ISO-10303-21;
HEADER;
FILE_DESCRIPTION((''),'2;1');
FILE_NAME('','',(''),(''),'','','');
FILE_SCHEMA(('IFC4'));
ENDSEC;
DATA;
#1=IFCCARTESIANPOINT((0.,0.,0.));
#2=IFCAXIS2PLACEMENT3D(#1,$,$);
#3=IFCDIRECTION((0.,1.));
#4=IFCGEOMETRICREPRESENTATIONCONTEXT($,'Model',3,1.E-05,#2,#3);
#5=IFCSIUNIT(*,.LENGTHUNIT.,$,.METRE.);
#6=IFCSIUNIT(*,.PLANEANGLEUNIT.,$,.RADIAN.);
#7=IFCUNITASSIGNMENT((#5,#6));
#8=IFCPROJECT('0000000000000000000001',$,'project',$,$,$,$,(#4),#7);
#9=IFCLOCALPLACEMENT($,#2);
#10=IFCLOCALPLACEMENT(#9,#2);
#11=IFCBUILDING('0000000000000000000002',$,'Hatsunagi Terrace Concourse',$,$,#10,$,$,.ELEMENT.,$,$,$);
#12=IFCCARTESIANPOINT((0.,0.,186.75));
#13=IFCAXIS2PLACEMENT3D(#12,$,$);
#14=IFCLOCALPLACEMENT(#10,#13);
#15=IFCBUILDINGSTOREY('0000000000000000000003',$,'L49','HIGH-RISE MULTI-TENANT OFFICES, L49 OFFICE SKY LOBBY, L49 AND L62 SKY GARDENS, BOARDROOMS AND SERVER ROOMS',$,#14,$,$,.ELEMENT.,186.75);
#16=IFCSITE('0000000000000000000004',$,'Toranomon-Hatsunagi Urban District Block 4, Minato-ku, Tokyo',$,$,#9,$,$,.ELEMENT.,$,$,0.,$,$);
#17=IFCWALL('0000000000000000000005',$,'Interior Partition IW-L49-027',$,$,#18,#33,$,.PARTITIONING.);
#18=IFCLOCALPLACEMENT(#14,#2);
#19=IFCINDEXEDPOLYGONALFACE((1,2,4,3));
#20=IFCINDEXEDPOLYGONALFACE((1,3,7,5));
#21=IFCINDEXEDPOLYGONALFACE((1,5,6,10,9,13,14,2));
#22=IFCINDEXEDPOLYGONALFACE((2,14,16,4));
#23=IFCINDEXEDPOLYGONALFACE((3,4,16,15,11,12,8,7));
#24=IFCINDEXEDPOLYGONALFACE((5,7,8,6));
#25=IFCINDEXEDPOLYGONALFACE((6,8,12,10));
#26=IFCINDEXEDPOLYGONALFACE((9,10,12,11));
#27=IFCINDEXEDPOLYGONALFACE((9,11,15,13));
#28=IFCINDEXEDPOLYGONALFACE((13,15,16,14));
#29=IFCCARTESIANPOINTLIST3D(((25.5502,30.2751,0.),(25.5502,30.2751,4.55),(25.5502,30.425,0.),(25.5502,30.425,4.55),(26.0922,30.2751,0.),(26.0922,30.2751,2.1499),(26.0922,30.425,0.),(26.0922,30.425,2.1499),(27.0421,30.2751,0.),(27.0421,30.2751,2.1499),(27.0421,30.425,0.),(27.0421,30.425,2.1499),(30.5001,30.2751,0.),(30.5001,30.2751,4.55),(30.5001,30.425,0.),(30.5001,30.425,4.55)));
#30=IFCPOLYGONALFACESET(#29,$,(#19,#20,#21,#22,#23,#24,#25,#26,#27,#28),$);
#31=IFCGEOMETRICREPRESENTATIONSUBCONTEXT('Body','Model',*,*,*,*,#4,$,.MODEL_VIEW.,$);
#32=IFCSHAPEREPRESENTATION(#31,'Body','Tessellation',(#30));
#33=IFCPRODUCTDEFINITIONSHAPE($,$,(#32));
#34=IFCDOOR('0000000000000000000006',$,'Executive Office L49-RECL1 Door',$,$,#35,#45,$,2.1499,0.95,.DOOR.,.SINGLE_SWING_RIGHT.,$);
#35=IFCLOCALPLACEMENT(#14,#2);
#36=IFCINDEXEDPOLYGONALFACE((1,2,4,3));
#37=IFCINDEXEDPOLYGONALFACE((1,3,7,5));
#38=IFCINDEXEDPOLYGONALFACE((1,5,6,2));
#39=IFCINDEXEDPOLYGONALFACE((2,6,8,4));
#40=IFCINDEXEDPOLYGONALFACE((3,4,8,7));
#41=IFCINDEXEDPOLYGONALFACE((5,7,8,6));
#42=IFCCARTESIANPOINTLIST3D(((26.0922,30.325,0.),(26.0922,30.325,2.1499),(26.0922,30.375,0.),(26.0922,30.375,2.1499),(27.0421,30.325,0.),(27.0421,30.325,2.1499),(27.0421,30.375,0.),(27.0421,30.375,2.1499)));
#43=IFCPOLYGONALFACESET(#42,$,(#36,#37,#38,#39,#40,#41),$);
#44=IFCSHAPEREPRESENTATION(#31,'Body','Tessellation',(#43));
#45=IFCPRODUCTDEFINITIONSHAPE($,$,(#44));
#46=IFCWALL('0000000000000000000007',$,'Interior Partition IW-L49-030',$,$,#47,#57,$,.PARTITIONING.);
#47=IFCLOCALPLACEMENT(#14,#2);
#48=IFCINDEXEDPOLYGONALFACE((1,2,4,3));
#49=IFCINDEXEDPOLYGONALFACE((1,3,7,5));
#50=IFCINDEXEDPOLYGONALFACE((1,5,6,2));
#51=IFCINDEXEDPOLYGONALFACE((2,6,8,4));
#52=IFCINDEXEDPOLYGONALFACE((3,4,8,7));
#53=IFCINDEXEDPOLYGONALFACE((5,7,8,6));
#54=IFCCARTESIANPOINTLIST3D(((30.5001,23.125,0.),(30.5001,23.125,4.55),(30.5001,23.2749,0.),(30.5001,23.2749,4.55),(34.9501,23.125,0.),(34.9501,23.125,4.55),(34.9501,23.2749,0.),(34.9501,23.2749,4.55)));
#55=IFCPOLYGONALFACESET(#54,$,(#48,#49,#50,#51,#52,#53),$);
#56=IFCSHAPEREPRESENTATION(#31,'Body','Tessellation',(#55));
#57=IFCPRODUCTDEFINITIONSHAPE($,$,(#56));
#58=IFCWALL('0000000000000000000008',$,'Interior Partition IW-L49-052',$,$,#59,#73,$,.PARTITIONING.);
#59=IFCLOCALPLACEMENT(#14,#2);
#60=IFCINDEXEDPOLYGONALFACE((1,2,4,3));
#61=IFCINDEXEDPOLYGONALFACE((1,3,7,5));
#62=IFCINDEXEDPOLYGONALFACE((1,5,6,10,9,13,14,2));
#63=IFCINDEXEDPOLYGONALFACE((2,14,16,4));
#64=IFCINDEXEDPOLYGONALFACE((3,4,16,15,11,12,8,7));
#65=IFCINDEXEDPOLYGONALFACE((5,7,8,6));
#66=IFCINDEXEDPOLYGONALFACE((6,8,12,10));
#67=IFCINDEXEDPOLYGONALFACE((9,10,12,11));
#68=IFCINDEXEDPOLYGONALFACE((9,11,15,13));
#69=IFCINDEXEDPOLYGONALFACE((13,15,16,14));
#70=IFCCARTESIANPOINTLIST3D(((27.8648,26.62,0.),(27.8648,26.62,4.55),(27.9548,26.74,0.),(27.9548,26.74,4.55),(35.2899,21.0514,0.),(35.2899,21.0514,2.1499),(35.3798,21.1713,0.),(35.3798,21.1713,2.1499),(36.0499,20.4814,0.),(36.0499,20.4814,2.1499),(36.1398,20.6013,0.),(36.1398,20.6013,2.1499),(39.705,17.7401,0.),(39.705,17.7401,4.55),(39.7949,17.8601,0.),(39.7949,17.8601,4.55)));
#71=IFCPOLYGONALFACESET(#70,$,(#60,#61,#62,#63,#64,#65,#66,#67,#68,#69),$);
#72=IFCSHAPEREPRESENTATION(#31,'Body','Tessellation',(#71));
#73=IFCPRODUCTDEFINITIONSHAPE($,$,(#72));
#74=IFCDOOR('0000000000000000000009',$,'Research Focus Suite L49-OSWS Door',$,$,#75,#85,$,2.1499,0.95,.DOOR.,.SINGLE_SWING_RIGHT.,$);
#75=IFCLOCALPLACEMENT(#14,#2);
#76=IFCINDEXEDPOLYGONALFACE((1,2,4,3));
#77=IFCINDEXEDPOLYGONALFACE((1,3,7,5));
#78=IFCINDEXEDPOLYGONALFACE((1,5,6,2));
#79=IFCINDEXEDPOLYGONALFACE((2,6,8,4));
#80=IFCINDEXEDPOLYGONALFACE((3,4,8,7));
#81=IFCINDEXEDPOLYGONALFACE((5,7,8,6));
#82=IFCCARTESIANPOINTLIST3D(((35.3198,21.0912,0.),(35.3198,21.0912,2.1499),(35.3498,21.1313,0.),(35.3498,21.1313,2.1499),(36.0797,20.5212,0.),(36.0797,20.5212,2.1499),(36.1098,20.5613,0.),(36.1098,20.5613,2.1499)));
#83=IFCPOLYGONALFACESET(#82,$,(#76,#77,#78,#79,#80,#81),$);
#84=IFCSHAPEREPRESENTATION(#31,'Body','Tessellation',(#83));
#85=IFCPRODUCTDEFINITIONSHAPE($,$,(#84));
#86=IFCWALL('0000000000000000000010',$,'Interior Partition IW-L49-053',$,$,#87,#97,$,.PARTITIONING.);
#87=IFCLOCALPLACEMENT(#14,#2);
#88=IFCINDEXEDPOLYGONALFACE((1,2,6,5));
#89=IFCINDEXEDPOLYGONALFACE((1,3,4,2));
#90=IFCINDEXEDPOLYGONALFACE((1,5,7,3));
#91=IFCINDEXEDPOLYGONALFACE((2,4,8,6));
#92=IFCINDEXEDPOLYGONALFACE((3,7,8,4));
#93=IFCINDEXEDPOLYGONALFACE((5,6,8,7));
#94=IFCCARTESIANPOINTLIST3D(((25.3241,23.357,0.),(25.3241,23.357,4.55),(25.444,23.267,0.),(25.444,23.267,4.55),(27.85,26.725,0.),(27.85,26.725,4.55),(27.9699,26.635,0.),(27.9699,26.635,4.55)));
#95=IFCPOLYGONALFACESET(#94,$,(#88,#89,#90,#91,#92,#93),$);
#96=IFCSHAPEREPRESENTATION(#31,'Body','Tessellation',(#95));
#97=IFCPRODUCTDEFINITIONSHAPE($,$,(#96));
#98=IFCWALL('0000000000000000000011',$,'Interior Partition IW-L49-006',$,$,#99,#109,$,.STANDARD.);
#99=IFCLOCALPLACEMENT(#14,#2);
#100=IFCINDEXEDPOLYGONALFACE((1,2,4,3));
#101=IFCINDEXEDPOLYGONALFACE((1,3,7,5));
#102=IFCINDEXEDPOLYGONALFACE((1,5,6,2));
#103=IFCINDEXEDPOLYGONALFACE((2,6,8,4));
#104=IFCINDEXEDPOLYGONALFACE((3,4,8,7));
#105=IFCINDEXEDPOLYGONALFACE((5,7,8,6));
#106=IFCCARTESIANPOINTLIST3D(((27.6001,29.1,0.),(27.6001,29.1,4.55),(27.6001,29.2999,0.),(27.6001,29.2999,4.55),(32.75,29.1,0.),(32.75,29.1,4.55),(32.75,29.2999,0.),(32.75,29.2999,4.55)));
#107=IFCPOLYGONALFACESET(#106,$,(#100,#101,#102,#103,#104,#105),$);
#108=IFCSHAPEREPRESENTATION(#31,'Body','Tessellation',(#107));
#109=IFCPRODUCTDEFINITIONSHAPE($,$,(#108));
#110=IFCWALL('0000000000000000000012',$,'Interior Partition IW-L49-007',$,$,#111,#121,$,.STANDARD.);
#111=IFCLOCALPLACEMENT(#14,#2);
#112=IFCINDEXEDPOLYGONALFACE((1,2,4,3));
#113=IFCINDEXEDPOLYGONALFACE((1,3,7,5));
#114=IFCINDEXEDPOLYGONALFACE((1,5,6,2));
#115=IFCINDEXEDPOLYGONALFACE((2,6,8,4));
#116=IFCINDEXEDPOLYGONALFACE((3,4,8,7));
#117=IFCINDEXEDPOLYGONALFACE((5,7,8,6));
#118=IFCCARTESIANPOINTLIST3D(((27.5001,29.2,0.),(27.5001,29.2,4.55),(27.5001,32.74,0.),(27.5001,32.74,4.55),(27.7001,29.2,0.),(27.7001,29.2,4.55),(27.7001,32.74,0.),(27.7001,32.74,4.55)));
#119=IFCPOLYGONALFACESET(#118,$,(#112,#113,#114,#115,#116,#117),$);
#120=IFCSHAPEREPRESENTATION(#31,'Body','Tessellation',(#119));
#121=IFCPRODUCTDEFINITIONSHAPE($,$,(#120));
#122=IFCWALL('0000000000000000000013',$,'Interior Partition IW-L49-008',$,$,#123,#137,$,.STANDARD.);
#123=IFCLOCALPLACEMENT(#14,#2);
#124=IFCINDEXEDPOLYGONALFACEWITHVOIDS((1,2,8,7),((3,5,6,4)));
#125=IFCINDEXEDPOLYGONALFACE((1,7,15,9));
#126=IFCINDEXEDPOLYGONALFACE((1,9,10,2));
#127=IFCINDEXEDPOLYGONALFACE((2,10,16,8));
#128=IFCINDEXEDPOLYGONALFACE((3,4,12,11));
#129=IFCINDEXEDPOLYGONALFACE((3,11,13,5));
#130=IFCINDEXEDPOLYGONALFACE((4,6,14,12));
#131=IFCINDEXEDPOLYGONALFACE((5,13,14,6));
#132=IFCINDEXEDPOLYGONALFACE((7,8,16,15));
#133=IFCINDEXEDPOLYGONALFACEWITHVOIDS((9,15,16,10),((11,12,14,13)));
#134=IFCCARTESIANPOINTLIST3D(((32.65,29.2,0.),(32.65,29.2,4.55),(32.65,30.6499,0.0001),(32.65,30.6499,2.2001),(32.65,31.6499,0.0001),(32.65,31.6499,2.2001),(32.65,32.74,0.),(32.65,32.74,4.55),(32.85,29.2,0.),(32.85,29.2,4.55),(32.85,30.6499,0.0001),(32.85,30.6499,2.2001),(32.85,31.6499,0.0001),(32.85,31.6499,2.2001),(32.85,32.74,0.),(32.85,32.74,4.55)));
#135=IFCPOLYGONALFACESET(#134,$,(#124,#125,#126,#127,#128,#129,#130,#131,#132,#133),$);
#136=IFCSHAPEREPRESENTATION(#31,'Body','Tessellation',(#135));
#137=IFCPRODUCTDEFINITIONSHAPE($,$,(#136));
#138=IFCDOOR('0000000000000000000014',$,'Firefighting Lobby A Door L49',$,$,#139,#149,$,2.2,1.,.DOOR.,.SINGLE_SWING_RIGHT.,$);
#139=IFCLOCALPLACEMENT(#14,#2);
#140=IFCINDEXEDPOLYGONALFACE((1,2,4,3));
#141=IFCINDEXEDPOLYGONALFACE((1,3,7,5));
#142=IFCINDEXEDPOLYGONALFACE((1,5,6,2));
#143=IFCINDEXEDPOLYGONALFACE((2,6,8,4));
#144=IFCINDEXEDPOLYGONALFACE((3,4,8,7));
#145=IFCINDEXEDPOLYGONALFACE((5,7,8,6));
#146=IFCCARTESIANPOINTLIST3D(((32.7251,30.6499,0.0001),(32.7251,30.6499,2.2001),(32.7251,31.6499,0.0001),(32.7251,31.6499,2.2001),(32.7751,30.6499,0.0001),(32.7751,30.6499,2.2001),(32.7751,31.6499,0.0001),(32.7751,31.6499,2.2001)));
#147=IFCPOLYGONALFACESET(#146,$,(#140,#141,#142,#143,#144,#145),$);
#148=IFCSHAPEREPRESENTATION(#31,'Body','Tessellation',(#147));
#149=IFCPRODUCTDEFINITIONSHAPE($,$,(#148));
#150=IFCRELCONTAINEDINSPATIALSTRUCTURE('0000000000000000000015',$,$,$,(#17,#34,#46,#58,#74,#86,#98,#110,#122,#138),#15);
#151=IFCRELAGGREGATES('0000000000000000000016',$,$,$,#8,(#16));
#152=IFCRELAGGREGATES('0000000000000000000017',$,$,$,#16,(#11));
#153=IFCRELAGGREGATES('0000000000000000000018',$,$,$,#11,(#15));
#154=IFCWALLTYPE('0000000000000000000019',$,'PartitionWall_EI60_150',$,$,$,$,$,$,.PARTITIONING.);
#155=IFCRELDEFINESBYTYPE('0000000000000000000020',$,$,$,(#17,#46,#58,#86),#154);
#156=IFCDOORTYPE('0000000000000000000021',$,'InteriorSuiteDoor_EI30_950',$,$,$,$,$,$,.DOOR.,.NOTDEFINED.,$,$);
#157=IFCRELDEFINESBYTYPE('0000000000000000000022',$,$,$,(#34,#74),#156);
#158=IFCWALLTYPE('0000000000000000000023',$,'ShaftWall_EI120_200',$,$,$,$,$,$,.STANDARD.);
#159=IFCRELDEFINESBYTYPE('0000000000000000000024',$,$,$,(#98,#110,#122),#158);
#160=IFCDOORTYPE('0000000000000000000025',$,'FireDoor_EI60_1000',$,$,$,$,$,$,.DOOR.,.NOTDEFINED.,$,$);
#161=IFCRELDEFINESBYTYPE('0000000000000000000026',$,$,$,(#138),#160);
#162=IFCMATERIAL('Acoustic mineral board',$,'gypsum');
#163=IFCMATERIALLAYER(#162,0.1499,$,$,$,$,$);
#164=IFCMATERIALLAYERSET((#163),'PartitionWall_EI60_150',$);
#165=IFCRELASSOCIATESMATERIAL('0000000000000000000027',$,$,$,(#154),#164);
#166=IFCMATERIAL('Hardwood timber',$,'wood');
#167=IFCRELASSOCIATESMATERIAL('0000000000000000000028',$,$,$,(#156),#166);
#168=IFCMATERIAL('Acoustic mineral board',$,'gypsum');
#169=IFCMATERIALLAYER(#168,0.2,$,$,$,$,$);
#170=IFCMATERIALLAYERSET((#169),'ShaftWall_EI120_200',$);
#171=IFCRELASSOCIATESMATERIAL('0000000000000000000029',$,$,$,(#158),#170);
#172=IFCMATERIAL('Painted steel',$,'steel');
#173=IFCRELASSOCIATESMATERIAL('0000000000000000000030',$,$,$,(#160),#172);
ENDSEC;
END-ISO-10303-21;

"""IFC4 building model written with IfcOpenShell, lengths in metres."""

from ifc_helpers import new_model, si_unit, direction, frame, frame_2d, origin, place, context, subcontext, project, spatial, rectangle, extrude, material, layer, layer_set, type_object, element, fill, save


model = new_model("IFC4")

# Units and contexts
model_context = context("Model", 3, precision=1e-05, world=origin(), true_north=direction((0.0, 1.0)))
body_context = subcontext(model_context, "Body", "Model", "MODEL_VIEW")
ifc_project = project(units=[si_unit("LENGTHUNIT", "METRE"), si_unit("PLANEANGLEUNIT", "RADIAN")], contexts=[model_context])

# Site, building, storey
site_placement = place(None, origin())
site = spatial("IfcSite", under=ifc_project, at=site_placement, Name="Toranomon-Hatsunagi Urban District Block 4, Minato-ku, Tokyo", CompositionType="ELEMENT", RefElevation=0.0)
building_placement = place(site_placement, origin())
building = spatial("IfcBuilding", under=site, at=building_placement, Name="Hatsunagi Terrace Concourse", CompositionType="ELEMENT")
storey_placement = place(building_placement, frame((0.0, 0.0, 186.75)))
storey = spatial("IfcBuildingStorey", under=building, at=storey_placement, Name="L49", Description="HIGH-RISE MULTI-TENANT OFFICES, L49 OFFICE SKY LOBBY, L49 AND L62 SKY GARDENS, BOARDROOMS AND SERVER ROOMS", CompositionType="ELEMENT", Elevation=186.75)

# Wall, opening, door
ifc_material_1 = material(Name="Acoustic mineral board", Category="gypsum")
ifc_layer_1 = layer(ifc_material_1, 0.1499)
ifc_layer_set_1 = layer_set([ifc_layer_1], Name="PartitionWall_EI60_150")
wall_type_1 = type_object("IfcWallType", Name="PartitionWall_EI60_150", PredefinedType="PARTITIONING", material=ifc_layer_set_1)
wall_1_placement = place(storey_placement, frame((25.55, 30.3501, 0.0), z_axis=(0.0, 0.0, 1.0), x_axis=(1.0, 0.0, 0.0)))
wall_1 = element("IfcWall", 1, at=wall_1_placement, inside=storey, type_object=wall_type_1, Name="Interior Partition IW-L49-027", PredefinedType="PARTITIONING", context=body_context, shape_type="SweptSolid", body=[
    extrude(rectangle(XDim=4.95, YDim=0.1499, at=frame_2d((2.4751, 0.0))), origin(), (0.0, 0.0, 1.0), 4.55),
])
opening_1_placement = place(wall_1_placement, frame((0.542, 0.0, 0.0)))
opening_1 = element("IfcOpeningElement", 2, at=opening_1_placement, cuts=wall_1, PredefinedType="OPENING", context=body_context, shape_type="SweptSolid", body=[
    extrude(rectangle(XDim=0.95, YDim=2.1499, at=frame_2d((0.4751, 1.075))), frame((0.0, 0.085, 0.0), z_axis=(0.0, -1.0, 0.0), x_axis=(1.0, 0.0, 0.0)), (0.0, 0.0, 1.0), 0.1699),
])
ifc_material_2 = material(Name="Hardwood timber", Category="wood")
door_type_1 = type_object("IfcDoorType", Name="InteriorSuiteDoor_EI30_950", OperationType="NOTDEFINED", PredefinedType="DOOR", material=ifc_material_2)
door_1_placement = place(opening_1_placement, origin())
door_1 = element("IfcDoor", 3, at=door_1_placement, inside=storey, type_object=door_type_1, Name="Executive Office L49-RECL1 Door", OperationType="SINGLE_SWING_RIGHT", OverallHeight=2.1499, OverallWidth=0.95, PredefinedType="DOOR", context=body_context, shape_type="SweptSolid", body=[
    extrude(rectangle(XDim=0.95, YDim=2.1499, at=frame_2d((0.4751, 1.075))), frame((0.0, 0.0249, 0.0), z_axis=(0.0, -1.0, 0.0), x_axis=(1.0, 0.0, 0.0)), (0.0, 0.0, 1.0), 0.05),
])
fill(opening_1, door_1)

# Wall
wall_2_placement = place(storey_placement, frame((30.5, 23.2, 0.0), z_axis=(0.0, 0.0, 1.0), x_axis=(1.0, 0.0, 0.0)))
element("IfcWall", 4, at=wall_2_placement, inside=storey, type_object=wall_type_1, Name="Interior Partition IW-L49-030", PredefinedType="PARTITIONING", context=body_context, shape_type="SweptSolid", body=[
    extrude(rectangle(XDim=4.45, YDim=0.1499, at=frame_2d((2.2251, 0.0))), origin(), (0.0, 0.0, 1.0), 4.55),
])

# Wall, opening, door
wall_3_placement = place(storey_placement, frame((27.9099, 26.6799, 0.0), z_axis=(0.0, 0.0, 1.0), x_axis=(0.800006, -0.599992, 0.0)))
wall_3 = element("IfcWall", 5, at=wall_3_placement, inside=storey, type_object=wall_type_1, Name="Interior Partition IW-L49-052", PredefinedType="PARTITIONING", context=body_context, shape_type="SweptSolid", body=[
    extrude(rectangle(XDim=14.8, YDim=0.1499, at=frame_2d((7.3999, 0.0))), origin(), (0.0, 0.0, 1.0), 4.55),
])
opening_2_placement = place(wall_3_placement, frame((9.281, 0.0, 0.0)))
opening_2 = element("IfcOpeningElement", 6, at=opening_2_placement, cuts=wall_3, PredefinedType="OPENING", context=body_context, shape_type="SweptSolid", body=[
    extrude(rectangle(XDim=0.95, YDim=2.1499, at=frame_2d((0.4751, 1.075))), frame((0.0, 0.085, 0.0), z_axis=(0.0, -1.0, 0.0), x_axis=(1.0, 0.0, 0.0)), (0.0, 0.0, 1.0), 0.1699),
])
door_2_placement = place(opening_2_placement, origin())
door_2 = element("IfcDoor", 7, at=door_2_placement, inside=storey, type_object=door_type_1, Name="Research Focus Suite L49-OSWS Door", OperationType="SINGLE_SWING_RIGHT", OverallHeight=2.1499, OverallWidth=0.95, PredefinedType="DOOR", context=body_context, shape_type="SweptSolid", body=[
    extrude(rectangle(XDim=0.95, YDim=2.1499, at=frame_2d((0.4751, 1.075))), frame((0.0, 0.0249, 0.0), z_axis=(0.0, -1.0, 0.0), x_axis=(1.0, 0.0, 0.0)), (0.0, 0.0, 1.0), 0.05),
])
fill(opening_2, door_2)

# Walls
wall_4_placement = place(storey_placement, frame((25.384, 23.312, 0.0), z_axis=(0.0, 0.0, 1.0), x_axis=(0.599991, 0.800007, 0.0)))
element("IfcWall", 8, at=wall_4_placement, inside=storey, type_object=wall_type_1, Name="Interior Partition IW-L49-053", PredefinedType="PARTITIONING", context=body_context, shape_type="SweptSolid", body=[
    extrude(rectangle(XDim=4.21, YDim=0.1499, at=frame_2d((2.105, 0.0))), origin(), (0.0, 0.0, 1.0), 4.55),
])
ifc_material_3 = material(Name="Acoustic mineral board", Category="gypsum")
ifc_layer_2 = layer(ifc_material_3, 0.2)
ifc_layer_set_2 = layer_set([ifc_layer_2], Name="ShaftWall_EI120_200")
wall_type_2 = type_object("IfcWallType", Name="ShaftWall_EI120_200", PredefinedType="STANDARD", material=ifc_layer_set_2)
wall_5_placement = place(storey_placement, frame((27.6001, 29.2, 0.0), z_axis=(0.0, 0.0, 1.0), x_axis=(1.0, 0.0, 0.0)))
element("IfcWall", 9, at=wall_5_placement, inside=storey, type_object=wall_type_2, Name="Interior Partition IW-L49-006", PredefinedType="STANDARD", context=body_context, shape_type="SweptSolid", body=[
    extrude(rectangle(XDim=5.1499, YDim=0.2, at=frame_2d((2.575, 0.0))), origin(), (0.0, 0.0, 1.0), 4.55),
])
wall_6_placement = place(storey_placement, frame((27.6001, 29.2, 0.0), z_axis=(0.0, 0.0, 1.0), x_axis=(0.0, 1.0, 0.0)))
element("IfcWall", 10, at=wall_6_placement, inside=storey, type_object=wall_type_2, Name="Interior Partition IW-L49-007", PredefinedType="STANDARD", context=body_context, shape_type="SweptSolid", body=[
    extrude(rectangle(XDim=3.54, YDim=0.2, at=frame_2d((1.77, 0.0))), origin(), (0.0, 0.0, 1.0), 4.55),
])

# Wall, opening, door
wall_7_placement = place(storey_placement, frame((32.75, 29.2, 0.0), z_axis=(0.0, 0.0, 1.0), x_axis=(0.0, 1.0, 0.0)))
wall_7 = element("IfcWall", 11, at=wall_7_placement, inside=storey, type_object=wall_type_2, Name="Interior Partition IW-L49-008", PredefinedType="STANDARD", context=body_context, shape_type="SweptSolid", body=[
    extrude(rectangle(XDim=3.54, YDim=0.2, at=frame_2d((1.77, 0.0))), origin(), (0.0, 0.0, 1.0), 4.55),
])
opening_3_placement = place(wall_7_placement, frame((1.45, 0.0, 0.0)))
opening_3 = element("IfcOpeningElement", 12, at=opening_3_placement, cuts=wall_7, PredefinedType="OPENING", context=body_context, shape_type="SweptSolid", body=[
    extrude(rectangle(XDim=1.0, YDim=2.2, at=frame_2d((0.5, 1.1001))), frame((0.0, 0.1099, 0.0), z_axis=(0.0, -1.0, 0.0), x_axis=(1.0, 0.0, 0.0)), (0.0, 0.0, 1.0), 0.22),
])
ifc_material_4 = material(Name="Painted steel", Category="steel")
door_type_2 = type_object("IfcDoorType", Name="FireDoor_EI60_1000", OperationType="NOTDEFINED", PredefinedType="DOOR", material=ifc_material_4)
door_3_placement = place(opening_3_placement, origin())
door_3 = element("IfcDoor", 13, at=door_3_placement, inside=storey, type_object=door_type_2, Name="Firefighting Lobby A Door L49", OperationType="SINGLE_SWING_RIGHT", OverallHeight=2.2, OverallWidth=1.0, PredefinedType="DOOR", context=body_context, shape_type="SweptSolid", body=[
    extrude(rectangle(XDim=1.0, YDim=2.2, at=frame_2d((0.5, 1.1001))), frame((0.0, 0.0249, 0.0), z_axis=(0.0, -1.0, 0.0), x_axis=(1.0, 0.0, 0.0)), (0.0, 0.0, 1.0), 0.05),
])
fill(opening_3, door_3)

save(model, "model.ifc")
